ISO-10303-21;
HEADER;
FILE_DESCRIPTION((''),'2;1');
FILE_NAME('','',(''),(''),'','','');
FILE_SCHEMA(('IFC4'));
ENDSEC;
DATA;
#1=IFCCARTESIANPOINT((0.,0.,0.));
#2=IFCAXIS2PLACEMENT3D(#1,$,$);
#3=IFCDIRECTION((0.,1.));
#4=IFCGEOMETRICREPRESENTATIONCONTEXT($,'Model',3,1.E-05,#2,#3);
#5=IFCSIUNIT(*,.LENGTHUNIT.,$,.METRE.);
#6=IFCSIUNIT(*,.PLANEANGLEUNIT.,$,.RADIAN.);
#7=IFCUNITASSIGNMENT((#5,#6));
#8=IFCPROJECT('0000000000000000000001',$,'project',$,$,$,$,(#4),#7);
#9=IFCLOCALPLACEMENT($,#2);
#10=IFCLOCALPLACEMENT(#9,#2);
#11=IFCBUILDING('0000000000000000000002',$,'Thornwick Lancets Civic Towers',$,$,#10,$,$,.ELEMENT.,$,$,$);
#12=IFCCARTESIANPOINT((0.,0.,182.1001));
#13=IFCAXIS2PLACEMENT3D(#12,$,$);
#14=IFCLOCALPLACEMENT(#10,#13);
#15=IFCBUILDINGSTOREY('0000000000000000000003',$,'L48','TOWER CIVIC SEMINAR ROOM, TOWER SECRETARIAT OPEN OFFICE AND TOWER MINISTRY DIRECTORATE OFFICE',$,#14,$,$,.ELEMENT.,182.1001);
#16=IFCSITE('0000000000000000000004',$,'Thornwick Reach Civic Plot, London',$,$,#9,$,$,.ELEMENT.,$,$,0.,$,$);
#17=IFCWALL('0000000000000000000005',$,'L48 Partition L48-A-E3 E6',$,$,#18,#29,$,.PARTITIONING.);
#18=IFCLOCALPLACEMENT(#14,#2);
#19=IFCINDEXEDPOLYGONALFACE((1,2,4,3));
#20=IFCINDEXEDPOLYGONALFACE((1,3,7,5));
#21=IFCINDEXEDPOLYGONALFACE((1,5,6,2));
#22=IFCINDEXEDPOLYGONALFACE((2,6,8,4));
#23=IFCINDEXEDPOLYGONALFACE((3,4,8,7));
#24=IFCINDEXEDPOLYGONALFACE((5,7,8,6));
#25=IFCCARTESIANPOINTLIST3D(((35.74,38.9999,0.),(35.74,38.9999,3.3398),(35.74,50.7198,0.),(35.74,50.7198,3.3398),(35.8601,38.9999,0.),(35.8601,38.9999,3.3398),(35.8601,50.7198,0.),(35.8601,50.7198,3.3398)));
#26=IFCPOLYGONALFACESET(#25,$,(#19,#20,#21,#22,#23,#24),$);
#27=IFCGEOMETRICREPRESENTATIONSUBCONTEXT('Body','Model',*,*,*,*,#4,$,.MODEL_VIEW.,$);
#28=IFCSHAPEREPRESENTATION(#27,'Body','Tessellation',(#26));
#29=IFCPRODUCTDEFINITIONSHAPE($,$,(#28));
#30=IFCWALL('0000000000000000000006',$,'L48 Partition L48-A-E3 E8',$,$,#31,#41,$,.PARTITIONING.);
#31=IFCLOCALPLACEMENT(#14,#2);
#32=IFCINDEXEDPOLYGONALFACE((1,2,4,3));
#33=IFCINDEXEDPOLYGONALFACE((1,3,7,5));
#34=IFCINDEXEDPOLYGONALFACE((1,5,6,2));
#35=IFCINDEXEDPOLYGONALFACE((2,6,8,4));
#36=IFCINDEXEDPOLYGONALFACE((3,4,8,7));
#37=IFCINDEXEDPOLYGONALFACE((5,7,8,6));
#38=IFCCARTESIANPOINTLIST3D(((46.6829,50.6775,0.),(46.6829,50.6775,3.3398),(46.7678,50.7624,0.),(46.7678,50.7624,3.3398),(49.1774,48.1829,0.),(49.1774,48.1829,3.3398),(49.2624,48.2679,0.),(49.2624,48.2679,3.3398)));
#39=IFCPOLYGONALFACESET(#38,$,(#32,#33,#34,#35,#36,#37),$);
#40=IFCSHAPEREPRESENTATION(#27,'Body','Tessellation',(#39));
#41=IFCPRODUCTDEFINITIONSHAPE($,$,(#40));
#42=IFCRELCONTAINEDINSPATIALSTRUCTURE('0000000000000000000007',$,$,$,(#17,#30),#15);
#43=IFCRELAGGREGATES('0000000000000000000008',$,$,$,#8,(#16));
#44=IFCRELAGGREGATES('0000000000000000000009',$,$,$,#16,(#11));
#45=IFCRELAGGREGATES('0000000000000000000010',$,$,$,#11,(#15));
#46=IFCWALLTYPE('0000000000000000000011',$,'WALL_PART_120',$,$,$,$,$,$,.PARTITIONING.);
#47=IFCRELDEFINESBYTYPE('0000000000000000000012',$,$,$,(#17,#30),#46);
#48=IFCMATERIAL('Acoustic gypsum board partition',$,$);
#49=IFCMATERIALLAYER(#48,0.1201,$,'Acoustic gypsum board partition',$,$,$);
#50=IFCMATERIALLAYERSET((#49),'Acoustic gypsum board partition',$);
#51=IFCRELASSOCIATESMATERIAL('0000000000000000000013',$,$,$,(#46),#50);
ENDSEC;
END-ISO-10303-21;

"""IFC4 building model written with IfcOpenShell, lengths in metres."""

from ifc_helpers import new_model, si_unit, direction, frame, frame_2d, origin, place, context, subcontext, project, spatial, rectangle, extrude, material, layer, layer_set, type_object, element, save


model = new_model("IFC4")

# Units and contexts
model_context = context("Model", 3, precision=1e-05, world=origin(), true_north=direction((0.0, 1.0)))
body_context = subcontext(model_context, "Body", "Model", "MODEL_VIEW")
ifc_project = project(units=[si_unit("LENGTHUNIT", "METRE"), si_unit("PLANEANGLEUNIT", "RADIAN")], contexts=[model_context])

# Site, building, storey
site_placement = place(None, origin())
site = spatial("IfcSite", under=ifc_project, at=site_placement, Name="Thornwick Reach Civic Plot, London", CompositionType="ELEMENT", RefElevation=0.0)
building_placement = place(site_placement, origin())
building = spatial("IfcBuilding", under=site, at=building_placement, Name="Thornwick Lancets Civic Towers", CompositionType="ELEMENT")
storey_placement = place(building_placement, frame((0.0, 0.0, 182.1001)))
storey = spatial("IfcBuildingStorey", under=building, at=storey_placement, Name="L48", Description="TOWER CIVIC SEMINAR ROOM, TOWER SECRETARIAT OPEN OFFICE AND TOWER MINISTRY DIRECTORATE OFFICE", CompositionType="ELEMENT", Elevation=182.1001)

# Walls
ifc_material_1 = material(Name="Acoustic gypsum board partition")
ifc_layer_1 = layer(ifc_material_1, 0.1201, Name="Acoustic gypsum board partition")
ifc_layer_set_1 = layer_set([ifc_layer_1], Name="Acoustic gypsum board partition")
wall_type_1 = type_object("IfcWallType", Name="WALL_PART_120", PredefinedType="PARTITIONING", material=ifc_layer_set_1)
wall_1_placement = place(storey_placement, frame((35.8, 39.0, 0.0), z_axis=(0.0, 0.0, 1.0), x_axis=(0.0, 1.0, 0.0)))
element("IfcWall", 1, at=wall_1_placement, inside=storey, type_object=wall_type_1, Name="L48 Partition L48-A-E3 E6", PredefinedType="PARTITIONING", context=body_context, shape_type="SweptSolid", body=[
    extrude(rectangle(XDim=11.72, YDim=0.1201, at=frame_2d((5.8599, 0.0))), origin(), (0.0, 0.0, 1.0), 3.3398),
])
wall_2_placement = place(storey_placement, frame((46.7253, 50.72, 0.0), z_axis=(0.0, 0.0, 1.0), x_axis=(0.707107, -0.707107, 0.0)))
element("IfcWall", 2, at=wall_2_placement, inside=storey, type_object=wall_type_1, Name="L48 Partition L48-A-E3 E8", PredefinedType="PARTITIONING", context=body_context, shape_type="SweptSolid", body=[
    extrude(rectangle(XDim=3.5278, YDim=0.1201, at=frame_2d((1.7639, 0.0))), origin(), (0.0, 0.0, 1.0), 3.3398),
])

save(model, "model.ifc")
